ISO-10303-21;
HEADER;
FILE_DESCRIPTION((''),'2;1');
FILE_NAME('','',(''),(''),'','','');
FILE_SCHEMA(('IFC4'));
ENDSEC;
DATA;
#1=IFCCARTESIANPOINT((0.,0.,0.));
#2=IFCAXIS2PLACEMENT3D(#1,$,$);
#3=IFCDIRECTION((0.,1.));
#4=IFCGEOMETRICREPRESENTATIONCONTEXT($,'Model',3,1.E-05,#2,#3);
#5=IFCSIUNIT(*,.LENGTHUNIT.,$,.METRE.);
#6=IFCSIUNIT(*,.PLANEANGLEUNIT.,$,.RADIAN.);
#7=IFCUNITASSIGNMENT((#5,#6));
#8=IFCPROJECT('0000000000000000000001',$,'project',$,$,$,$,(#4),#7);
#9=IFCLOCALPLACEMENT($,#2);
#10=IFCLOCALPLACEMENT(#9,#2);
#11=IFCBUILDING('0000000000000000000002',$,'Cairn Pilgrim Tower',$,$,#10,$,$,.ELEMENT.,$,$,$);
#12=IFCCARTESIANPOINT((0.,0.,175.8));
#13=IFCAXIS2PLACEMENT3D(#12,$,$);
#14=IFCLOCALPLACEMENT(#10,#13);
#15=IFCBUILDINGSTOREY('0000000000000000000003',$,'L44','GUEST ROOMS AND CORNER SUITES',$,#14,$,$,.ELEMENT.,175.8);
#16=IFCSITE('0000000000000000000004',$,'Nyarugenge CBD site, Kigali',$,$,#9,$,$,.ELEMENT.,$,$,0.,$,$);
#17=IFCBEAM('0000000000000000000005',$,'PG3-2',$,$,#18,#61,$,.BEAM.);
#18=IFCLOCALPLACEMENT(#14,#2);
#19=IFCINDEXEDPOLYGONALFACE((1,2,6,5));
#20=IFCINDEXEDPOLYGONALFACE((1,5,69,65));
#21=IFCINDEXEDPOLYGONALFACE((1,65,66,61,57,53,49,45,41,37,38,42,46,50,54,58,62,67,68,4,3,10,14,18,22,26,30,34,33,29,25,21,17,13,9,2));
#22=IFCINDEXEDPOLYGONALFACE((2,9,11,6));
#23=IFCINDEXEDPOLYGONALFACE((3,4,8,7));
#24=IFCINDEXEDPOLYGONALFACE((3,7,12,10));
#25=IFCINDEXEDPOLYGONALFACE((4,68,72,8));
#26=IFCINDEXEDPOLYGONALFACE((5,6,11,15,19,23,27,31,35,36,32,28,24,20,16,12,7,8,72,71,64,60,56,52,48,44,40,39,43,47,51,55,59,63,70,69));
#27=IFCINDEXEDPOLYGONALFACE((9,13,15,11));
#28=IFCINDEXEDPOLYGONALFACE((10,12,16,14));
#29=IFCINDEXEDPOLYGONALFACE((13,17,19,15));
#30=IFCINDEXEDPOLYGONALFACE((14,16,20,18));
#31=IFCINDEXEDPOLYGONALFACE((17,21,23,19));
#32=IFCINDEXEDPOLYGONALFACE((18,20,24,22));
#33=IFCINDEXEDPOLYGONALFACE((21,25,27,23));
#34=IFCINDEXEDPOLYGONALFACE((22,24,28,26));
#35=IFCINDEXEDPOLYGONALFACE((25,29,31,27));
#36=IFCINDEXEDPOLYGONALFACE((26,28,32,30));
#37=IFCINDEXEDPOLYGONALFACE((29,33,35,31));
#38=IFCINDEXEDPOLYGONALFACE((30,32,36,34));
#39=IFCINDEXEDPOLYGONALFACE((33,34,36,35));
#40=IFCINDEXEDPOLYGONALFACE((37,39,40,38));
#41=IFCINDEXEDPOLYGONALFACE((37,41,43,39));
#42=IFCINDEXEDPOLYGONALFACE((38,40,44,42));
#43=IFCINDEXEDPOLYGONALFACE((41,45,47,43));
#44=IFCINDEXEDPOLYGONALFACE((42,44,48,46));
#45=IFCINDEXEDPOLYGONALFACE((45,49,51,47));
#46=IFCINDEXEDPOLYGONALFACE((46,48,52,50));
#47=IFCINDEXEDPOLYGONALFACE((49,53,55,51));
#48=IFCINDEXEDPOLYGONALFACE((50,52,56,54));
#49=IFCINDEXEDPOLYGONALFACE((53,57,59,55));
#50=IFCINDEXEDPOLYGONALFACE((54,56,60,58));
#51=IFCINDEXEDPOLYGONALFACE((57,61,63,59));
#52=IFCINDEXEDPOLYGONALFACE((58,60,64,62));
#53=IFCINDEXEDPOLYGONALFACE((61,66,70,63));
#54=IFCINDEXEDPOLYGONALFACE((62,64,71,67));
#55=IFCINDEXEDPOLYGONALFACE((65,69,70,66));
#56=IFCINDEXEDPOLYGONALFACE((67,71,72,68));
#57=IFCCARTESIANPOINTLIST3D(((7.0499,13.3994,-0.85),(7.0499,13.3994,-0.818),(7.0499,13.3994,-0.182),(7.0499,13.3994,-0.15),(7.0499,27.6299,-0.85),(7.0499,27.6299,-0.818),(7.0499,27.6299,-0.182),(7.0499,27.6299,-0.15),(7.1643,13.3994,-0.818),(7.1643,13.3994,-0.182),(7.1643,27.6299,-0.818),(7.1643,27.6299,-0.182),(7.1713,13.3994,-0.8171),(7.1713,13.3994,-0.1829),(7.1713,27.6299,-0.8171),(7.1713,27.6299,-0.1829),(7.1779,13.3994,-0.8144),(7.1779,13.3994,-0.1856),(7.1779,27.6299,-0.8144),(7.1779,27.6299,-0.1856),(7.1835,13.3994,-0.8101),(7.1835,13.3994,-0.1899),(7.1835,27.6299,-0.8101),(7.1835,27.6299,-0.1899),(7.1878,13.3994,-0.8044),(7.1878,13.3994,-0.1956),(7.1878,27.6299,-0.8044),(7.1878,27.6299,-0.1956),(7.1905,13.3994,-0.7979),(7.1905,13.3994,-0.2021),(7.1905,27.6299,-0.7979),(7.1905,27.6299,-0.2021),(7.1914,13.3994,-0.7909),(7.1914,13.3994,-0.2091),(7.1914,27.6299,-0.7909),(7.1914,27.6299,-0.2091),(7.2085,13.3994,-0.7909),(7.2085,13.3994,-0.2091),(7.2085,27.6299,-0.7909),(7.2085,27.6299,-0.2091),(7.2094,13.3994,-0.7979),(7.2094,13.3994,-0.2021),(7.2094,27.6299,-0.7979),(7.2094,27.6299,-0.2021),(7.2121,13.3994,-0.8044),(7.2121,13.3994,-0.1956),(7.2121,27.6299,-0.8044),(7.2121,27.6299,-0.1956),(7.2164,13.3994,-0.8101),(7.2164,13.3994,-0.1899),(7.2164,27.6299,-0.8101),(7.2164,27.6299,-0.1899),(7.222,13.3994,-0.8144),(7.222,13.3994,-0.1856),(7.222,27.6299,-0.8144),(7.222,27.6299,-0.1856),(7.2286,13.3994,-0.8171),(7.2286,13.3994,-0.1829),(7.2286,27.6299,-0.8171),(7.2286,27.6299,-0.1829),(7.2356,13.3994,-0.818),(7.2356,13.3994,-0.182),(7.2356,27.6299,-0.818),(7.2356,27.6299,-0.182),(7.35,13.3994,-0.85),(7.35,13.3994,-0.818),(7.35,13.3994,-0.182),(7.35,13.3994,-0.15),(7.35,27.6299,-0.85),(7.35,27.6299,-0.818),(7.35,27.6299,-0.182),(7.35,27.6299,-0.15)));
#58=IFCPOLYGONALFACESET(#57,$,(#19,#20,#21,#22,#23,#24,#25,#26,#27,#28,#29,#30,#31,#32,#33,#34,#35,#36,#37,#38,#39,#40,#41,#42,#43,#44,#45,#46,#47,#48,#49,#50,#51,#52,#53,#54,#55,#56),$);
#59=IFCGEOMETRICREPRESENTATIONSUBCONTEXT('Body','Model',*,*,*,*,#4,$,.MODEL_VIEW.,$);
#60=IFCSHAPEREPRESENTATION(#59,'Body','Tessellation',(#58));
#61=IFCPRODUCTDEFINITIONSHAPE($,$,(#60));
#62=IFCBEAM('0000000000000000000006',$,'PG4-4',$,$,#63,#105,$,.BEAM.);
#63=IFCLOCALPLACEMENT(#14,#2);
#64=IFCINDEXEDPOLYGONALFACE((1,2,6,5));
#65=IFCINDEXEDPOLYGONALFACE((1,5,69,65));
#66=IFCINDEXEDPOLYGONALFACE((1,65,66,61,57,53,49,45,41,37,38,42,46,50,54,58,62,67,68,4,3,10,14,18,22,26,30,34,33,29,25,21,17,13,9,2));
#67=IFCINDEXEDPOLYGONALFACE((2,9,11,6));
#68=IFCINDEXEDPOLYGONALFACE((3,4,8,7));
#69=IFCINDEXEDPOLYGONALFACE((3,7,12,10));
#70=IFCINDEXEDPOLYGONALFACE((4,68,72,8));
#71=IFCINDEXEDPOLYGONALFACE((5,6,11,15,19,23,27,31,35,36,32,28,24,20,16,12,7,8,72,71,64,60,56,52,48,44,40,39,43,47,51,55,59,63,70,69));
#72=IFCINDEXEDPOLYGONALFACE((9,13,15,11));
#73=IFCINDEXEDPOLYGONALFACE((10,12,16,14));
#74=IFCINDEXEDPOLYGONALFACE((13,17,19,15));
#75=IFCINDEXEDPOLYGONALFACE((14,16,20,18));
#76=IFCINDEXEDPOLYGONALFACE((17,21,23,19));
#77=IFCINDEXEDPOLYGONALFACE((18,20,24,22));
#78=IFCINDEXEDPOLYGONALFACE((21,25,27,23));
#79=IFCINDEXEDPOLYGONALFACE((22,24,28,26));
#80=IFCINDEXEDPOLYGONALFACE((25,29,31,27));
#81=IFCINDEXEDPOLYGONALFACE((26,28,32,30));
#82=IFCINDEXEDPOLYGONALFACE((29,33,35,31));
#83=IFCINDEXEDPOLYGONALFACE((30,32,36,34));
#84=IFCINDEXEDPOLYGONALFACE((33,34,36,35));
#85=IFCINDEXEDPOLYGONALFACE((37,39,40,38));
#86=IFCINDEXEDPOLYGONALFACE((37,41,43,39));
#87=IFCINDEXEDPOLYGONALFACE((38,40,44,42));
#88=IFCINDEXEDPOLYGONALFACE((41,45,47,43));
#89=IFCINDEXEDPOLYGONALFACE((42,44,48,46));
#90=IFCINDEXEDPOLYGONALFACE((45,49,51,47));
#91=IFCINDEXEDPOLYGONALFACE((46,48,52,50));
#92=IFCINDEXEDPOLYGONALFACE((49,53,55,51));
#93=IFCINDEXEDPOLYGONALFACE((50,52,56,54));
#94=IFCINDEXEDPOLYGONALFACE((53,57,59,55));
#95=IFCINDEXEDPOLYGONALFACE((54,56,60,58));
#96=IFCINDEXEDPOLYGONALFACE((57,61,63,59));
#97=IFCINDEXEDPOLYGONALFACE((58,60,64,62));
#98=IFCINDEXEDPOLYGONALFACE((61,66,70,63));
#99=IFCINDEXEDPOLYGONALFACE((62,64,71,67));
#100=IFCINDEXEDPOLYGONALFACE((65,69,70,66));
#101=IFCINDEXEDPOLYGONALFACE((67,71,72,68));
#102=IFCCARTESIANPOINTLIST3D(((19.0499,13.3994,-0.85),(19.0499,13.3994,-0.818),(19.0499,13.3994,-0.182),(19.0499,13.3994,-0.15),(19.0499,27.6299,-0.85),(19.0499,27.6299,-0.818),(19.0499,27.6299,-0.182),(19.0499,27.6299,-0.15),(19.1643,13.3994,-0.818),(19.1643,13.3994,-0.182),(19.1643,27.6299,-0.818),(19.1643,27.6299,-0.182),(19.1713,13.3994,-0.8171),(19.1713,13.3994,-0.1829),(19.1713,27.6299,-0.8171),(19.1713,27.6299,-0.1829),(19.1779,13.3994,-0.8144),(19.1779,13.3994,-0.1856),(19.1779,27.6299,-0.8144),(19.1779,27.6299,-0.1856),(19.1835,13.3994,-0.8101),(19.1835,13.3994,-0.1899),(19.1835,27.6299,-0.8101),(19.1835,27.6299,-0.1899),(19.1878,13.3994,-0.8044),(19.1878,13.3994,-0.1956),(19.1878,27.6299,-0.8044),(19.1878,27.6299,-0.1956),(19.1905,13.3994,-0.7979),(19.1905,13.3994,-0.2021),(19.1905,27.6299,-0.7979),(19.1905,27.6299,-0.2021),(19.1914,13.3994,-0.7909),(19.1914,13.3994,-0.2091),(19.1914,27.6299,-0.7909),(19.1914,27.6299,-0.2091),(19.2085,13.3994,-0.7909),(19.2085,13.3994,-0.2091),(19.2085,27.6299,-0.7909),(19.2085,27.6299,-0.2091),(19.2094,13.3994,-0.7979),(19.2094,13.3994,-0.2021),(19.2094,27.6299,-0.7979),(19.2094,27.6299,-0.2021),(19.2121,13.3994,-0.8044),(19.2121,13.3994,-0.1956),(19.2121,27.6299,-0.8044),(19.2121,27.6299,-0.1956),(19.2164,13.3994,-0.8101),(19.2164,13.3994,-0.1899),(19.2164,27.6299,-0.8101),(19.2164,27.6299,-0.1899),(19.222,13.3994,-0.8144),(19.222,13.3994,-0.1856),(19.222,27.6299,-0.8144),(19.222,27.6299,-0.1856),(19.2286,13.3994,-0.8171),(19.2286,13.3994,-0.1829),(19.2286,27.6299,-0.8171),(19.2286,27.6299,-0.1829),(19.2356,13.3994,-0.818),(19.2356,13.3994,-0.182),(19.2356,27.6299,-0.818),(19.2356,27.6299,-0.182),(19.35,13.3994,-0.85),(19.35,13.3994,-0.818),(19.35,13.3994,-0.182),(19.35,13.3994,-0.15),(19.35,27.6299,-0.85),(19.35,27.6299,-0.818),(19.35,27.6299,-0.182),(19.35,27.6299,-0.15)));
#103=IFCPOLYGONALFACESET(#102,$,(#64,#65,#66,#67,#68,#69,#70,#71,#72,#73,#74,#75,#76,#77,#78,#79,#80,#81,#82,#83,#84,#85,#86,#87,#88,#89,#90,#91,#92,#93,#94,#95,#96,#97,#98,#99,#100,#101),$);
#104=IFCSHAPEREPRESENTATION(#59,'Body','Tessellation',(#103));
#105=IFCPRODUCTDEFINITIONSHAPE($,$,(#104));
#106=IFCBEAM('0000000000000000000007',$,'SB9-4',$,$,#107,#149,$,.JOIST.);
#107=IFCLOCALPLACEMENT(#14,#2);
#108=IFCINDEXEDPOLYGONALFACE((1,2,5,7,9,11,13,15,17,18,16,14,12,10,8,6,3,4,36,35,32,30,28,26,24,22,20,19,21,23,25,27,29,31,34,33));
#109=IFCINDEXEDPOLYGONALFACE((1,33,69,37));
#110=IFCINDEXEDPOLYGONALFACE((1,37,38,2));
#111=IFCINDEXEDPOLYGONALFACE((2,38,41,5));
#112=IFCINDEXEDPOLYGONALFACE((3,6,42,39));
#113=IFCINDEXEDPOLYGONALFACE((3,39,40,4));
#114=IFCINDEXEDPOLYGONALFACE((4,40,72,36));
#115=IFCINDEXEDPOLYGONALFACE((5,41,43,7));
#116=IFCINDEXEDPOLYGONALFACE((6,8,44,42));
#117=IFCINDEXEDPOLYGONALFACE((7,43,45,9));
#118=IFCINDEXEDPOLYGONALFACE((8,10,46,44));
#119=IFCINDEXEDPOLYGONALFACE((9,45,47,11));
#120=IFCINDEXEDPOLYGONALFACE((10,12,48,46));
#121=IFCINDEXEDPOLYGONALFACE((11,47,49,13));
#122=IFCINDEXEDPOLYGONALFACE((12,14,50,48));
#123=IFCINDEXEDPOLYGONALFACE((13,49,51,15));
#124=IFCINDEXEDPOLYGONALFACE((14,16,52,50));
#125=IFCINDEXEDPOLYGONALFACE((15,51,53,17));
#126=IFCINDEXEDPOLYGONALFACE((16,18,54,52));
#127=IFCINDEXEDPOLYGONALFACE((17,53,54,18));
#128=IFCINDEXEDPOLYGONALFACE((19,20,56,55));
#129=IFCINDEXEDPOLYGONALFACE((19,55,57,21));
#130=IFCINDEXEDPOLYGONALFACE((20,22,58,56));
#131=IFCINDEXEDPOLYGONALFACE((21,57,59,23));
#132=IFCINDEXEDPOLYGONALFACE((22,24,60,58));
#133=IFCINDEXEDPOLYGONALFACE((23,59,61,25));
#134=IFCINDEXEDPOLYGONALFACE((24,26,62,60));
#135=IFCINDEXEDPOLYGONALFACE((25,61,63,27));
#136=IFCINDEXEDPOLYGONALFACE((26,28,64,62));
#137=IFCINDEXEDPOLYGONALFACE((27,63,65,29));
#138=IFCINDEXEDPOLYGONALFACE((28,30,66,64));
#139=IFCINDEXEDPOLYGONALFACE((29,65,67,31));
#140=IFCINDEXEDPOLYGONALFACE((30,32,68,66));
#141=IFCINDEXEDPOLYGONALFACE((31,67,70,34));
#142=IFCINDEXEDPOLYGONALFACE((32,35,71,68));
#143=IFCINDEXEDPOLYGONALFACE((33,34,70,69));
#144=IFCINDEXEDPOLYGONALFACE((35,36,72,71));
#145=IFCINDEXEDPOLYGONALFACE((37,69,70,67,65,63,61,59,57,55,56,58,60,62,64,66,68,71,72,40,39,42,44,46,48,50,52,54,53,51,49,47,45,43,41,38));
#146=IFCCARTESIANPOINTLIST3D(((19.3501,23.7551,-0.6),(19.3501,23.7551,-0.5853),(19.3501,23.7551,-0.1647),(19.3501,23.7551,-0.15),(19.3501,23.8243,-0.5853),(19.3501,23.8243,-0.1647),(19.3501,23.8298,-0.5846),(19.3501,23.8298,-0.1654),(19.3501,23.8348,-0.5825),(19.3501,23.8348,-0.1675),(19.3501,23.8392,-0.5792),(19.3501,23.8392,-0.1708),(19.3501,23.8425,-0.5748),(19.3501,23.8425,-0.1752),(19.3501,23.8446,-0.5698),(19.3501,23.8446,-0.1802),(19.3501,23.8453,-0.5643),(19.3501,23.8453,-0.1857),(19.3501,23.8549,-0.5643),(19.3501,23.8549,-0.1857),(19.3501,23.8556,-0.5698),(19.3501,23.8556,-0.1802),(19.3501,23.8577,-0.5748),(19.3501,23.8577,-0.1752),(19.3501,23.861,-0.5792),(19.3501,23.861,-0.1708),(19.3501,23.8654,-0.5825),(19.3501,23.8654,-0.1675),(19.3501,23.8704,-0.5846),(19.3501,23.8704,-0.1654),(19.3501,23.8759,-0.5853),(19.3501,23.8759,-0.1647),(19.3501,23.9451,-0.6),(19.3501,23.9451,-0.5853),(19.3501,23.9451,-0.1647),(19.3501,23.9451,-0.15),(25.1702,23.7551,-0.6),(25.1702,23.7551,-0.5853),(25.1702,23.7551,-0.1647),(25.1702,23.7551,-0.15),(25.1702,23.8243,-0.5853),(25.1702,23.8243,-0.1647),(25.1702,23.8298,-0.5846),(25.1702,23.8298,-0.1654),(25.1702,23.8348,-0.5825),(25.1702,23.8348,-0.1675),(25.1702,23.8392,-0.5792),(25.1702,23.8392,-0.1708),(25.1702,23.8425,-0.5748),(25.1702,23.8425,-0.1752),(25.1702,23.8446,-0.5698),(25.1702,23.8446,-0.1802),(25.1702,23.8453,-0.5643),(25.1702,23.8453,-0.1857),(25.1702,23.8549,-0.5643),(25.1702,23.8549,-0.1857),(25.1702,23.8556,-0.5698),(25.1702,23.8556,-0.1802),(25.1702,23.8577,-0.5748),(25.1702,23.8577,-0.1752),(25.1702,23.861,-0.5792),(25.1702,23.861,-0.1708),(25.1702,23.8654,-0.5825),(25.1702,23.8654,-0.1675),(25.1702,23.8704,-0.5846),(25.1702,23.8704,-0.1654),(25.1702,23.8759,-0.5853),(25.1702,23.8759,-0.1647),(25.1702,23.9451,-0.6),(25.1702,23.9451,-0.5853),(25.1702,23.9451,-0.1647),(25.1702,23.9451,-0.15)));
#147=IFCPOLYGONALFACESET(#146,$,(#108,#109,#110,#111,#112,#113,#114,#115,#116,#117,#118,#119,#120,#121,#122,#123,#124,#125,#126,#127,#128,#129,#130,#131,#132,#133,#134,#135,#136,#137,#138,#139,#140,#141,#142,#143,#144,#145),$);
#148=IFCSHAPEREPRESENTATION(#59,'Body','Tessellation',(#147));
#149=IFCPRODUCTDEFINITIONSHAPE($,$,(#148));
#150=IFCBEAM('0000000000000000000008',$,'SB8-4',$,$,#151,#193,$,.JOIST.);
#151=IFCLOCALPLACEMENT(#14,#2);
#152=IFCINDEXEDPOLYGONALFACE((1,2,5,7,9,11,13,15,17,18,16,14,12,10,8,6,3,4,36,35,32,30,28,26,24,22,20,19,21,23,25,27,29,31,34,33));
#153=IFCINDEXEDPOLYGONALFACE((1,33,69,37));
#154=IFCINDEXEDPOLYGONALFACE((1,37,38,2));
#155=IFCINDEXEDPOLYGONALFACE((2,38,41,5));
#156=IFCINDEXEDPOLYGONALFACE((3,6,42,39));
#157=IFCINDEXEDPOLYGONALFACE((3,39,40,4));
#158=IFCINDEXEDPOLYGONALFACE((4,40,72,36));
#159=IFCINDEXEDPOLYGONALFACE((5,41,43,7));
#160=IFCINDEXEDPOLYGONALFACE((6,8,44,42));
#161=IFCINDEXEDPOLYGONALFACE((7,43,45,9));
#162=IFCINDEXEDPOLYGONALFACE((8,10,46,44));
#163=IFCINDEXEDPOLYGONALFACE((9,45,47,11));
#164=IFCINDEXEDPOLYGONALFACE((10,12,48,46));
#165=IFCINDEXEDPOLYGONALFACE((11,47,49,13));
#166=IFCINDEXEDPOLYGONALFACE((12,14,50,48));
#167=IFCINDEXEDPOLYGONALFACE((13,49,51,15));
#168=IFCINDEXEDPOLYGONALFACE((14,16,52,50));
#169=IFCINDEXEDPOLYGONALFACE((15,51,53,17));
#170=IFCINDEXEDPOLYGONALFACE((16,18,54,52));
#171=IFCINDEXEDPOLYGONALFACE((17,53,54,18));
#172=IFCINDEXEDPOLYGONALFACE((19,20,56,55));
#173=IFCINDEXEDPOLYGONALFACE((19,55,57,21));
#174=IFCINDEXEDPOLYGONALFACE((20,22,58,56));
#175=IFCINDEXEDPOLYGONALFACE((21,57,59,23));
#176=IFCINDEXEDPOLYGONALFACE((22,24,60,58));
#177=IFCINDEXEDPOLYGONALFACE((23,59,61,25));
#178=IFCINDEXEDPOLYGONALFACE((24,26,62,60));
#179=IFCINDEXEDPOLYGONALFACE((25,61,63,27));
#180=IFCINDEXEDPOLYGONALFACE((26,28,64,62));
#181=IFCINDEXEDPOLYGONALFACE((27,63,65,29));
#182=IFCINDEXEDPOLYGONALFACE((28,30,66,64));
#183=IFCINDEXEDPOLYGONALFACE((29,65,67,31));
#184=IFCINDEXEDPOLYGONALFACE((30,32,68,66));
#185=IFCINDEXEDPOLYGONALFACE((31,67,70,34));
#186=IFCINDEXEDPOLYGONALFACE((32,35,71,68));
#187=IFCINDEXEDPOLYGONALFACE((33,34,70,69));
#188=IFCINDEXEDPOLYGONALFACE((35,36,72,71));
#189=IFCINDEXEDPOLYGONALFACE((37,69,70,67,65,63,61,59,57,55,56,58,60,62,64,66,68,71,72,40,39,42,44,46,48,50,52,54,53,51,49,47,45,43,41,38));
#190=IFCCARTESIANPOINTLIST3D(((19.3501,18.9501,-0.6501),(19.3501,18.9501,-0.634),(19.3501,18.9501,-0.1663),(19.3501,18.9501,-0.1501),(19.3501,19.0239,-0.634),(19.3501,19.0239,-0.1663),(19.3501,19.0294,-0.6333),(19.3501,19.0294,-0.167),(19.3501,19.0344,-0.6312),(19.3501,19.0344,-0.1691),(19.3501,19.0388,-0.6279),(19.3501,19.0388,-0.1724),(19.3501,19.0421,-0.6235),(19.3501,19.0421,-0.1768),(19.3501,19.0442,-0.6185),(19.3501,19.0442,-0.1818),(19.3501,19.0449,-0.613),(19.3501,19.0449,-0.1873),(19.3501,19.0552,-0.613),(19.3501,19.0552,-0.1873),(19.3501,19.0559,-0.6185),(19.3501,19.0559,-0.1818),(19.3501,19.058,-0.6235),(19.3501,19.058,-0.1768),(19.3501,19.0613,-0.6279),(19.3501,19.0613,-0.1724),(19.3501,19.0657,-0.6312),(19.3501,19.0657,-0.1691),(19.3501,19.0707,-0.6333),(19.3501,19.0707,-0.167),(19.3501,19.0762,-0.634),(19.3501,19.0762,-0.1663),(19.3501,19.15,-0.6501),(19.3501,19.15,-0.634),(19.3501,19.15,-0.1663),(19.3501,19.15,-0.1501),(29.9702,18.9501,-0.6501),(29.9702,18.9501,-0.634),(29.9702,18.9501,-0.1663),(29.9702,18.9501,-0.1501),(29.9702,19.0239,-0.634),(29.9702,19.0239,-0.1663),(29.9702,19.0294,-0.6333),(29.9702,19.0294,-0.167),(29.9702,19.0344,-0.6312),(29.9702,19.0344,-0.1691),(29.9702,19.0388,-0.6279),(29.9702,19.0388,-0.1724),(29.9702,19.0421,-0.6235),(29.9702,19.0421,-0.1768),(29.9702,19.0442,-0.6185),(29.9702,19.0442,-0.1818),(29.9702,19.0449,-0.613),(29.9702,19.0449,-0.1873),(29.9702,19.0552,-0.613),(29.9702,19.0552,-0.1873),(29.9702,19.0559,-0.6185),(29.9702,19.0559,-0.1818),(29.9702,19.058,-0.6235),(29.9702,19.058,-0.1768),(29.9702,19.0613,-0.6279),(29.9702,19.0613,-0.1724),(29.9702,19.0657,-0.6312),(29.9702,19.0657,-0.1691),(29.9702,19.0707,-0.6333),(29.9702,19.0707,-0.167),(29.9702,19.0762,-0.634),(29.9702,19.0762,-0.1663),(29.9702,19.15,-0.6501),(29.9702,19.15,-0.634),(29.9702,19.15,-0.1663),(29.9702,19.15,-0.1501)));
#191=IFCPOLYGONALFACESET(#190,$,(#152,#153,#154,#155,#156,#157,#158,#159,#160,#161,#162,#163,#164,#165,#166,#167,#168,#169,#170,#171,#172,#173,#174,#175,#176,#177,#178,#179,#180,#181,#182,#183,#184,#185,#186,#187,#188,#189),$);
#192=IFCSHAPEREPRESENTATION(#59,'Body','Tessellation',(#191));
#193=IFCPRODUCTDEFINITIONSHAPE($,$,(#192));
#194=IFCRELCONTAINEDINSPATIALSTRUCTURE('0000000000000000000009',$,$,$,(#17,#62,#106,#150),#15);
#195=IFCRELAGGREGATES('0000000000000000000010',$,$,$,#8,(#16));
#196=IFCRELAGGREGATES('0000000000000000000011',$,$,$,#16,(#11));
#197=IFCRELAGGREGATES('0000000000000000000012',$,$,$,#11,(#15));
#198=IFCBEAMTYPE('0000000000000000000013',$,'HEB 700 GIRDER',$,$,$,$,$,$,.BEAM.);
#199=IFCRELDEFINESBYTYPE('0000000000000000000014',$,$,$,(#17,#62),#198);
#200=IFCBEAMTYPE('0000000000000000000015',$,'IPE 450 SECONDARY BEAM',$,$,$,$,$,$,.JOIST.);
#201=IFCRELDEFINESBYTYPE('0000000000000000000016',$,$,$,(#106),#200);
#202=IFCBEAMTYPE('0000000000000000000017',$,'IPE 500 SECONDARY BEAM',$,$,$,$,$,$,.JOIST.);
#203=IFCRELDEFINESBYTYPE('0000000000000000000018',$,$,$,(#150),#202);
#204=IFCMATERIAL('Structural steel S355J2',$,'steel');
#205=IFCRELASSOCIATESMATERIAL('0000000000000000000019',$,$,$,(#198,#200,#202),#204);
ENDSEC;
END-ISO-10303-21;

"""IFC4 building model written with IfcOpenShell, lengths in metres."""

from ifc_helpers import new_model, si_unit, direction, frame, origin, origin_2d, place, context, subcontext, project, spatial, i_section, extrude, material, material_profile, profile_set, type_object, element, save


model = new_model("IFC4")

# Units and contexts
model_context = context("Model", 3, precision=1e-05, world=origin(), true_north=direction((0.0, 1.0)))
body_context = subcontext(model_context, "Body", "Model", "MODEL_VIEW")
ifc_project = project(units=[si_unit("LENGTHUNIT", "METRE"), si_unit("PLANEANGLEUNIT", "RADIAN")], contexts=[model_context])

# Site, building, storey
site_placement = place(None, origin())
site = spatial("IfcSite", under=ifc_project, at=site_placement, Name="Nyarugenge CBD site, Kigali", CompositionType="ELEMENT", RefElevation=0.0)
building_placement = place(site_placement, origin())
building = spatial("IfcBuilding", under=site, at=building_placement, Name="Cairn Pilgrim Tower", CompositionType="ELEMENT")
storey_placement = place(building_placement, frame((0.0, 0.0, 175.8)))
storey = spatial("IfcBuildingStorey", under=building, at=storey_placement, Name="L44", Description="GUEST ROOMS AND CORNER SUITES", CompositionType="ELEMENT", Elevation=175.8)

# Beams
ifc_material_1 = material(Name="Structural steel S355J2", Category="steel")
ifc_material_profile_1 = material_profile(ifc_material_1, i_section(OverallWidth=0.3, OverallDepth=0.7, WebThickness=0.0171, FlangeThickness=0.032, FilletRadius=0.0271, at=origin_2d()), Name="HEB 700")
ifc_profile_set_1 = profile_set([ifc_material_profile_1], Name="Structural steel S355J2")
beam_type_1 = type_object("IfcBeamType", Name="HEB 700 GIRDER", PredefinedType="BEAM", material=ifc_profile_set_1)
for number, where, z_axis, x_axis, name in (
    (1, (7.2, 13.3994, -0.5), (0.0, 1.0, 0.0), (-1.0, 0.0, 0.0), "PG3-2"),
    (2, (19.2, 13.3994, -0.5), (0.0, 1.0, 0.0), (-1.0, 0.0, 0.0), "PG4-4"),
):
    element("IfcBeam", number, at=place(storey_placement, frame(where, z_axis=z_axis, x_axis=x_axis)), inside=storey, type_object=beam_type_1, Name=name, PredefinedType="BEAM", context=body_context, shape_type="SweptSolid", body=[
        extrude(i_section(OverallWidth=0.3, OverallDepth=0.7, WebThickness=0.0171, FlangeThickness=0.032, FilletRadius=0.0271, at=origin_2d()), origin(), (0.0, 0.0, 1.0), 14.2305),
    ])
ifc_material_profile_2 = material_profile(ifc_material_1, i_section(OverallWidth=0.1899, OverallDepth=0.45, WebThickness=0.0095, FlangeThickness=0.0146, FilletRadius=0.021, at=origin_2d()), Name="IPE 450")
ifc_profile_set_2 = profile_set([ifc_material_profile_2], Name="Structural steel S355J2")
beam_type_2 = type_object("IfcBeamType", Name="IPE 450 SECONDARY BEAM", PredefinedType="JOIST", material=ifc_profile_set_2)
beam_1_placement = place(storey_placement, frame((19.3501, 23.8501, -0.375), z_axis=(1.0, 0.0, 0.0), x_axis=(0.0, 1.0, 0.0)))
element("IfcBeam", 3, at=beam_1_placement, inside=storey, type_object=beam_type_2, Name="SB9-4", PredefinedType="JOIST", context=body_context, shape_type="SweptSolid", body=[
    extrude(i_section(OverallWidth=0.1899, OverallDepth=0.45, WebThickness=0.0095, FlangeThickness=0.0146, FilletRadius=0.021, at=origin_2d()), origin(), (0.0, 0.0, 1.0), 5.8201),
])
ifc_material_profile_3 = material_profile(ifc_material_1, i_section(OverallWidth=0.2, OverallDepth=0.5, WebThickness=0.0103, FlangeThickness=0.0161, FilletRadius=0.021, at=origin_2d()), Name="IPE 500")
ifc_profile_set_3 = profile_set([ifc_material_profile_3], Name="Structural steel S355J2")
beam_type_3 = type_object("IfcBeamType", Name="IPE 500 SECONDARY BEAM", PredefinedType="JOIST", material=ifc_profile_set_3)
beam_2_placement = place(storey_placement, frame((19.3501, 19.05, -0.4001), z_axis=(1.0, 0.0, 0.0), x_axis=(0.0, 1.0, 0.0)))
element("IfcBeam", 4, at=beam_2_placement, inside=storey, type_object=beam_type_3, Name="SB8-4", PredefinedType="JOIST", context=body_context, shape_type="SweptSolid", body=[
    extrude(i_section(OverallWidth=0.2, OverallDepth=0.5, WebThickness=0.0103, FlangeThickness=0.0161, FilletRadius=0.021, at=origin_2d()), origin(), (0.0, 0.0, 1.0), 10.6201),
])

save(model, "model.ifc")
